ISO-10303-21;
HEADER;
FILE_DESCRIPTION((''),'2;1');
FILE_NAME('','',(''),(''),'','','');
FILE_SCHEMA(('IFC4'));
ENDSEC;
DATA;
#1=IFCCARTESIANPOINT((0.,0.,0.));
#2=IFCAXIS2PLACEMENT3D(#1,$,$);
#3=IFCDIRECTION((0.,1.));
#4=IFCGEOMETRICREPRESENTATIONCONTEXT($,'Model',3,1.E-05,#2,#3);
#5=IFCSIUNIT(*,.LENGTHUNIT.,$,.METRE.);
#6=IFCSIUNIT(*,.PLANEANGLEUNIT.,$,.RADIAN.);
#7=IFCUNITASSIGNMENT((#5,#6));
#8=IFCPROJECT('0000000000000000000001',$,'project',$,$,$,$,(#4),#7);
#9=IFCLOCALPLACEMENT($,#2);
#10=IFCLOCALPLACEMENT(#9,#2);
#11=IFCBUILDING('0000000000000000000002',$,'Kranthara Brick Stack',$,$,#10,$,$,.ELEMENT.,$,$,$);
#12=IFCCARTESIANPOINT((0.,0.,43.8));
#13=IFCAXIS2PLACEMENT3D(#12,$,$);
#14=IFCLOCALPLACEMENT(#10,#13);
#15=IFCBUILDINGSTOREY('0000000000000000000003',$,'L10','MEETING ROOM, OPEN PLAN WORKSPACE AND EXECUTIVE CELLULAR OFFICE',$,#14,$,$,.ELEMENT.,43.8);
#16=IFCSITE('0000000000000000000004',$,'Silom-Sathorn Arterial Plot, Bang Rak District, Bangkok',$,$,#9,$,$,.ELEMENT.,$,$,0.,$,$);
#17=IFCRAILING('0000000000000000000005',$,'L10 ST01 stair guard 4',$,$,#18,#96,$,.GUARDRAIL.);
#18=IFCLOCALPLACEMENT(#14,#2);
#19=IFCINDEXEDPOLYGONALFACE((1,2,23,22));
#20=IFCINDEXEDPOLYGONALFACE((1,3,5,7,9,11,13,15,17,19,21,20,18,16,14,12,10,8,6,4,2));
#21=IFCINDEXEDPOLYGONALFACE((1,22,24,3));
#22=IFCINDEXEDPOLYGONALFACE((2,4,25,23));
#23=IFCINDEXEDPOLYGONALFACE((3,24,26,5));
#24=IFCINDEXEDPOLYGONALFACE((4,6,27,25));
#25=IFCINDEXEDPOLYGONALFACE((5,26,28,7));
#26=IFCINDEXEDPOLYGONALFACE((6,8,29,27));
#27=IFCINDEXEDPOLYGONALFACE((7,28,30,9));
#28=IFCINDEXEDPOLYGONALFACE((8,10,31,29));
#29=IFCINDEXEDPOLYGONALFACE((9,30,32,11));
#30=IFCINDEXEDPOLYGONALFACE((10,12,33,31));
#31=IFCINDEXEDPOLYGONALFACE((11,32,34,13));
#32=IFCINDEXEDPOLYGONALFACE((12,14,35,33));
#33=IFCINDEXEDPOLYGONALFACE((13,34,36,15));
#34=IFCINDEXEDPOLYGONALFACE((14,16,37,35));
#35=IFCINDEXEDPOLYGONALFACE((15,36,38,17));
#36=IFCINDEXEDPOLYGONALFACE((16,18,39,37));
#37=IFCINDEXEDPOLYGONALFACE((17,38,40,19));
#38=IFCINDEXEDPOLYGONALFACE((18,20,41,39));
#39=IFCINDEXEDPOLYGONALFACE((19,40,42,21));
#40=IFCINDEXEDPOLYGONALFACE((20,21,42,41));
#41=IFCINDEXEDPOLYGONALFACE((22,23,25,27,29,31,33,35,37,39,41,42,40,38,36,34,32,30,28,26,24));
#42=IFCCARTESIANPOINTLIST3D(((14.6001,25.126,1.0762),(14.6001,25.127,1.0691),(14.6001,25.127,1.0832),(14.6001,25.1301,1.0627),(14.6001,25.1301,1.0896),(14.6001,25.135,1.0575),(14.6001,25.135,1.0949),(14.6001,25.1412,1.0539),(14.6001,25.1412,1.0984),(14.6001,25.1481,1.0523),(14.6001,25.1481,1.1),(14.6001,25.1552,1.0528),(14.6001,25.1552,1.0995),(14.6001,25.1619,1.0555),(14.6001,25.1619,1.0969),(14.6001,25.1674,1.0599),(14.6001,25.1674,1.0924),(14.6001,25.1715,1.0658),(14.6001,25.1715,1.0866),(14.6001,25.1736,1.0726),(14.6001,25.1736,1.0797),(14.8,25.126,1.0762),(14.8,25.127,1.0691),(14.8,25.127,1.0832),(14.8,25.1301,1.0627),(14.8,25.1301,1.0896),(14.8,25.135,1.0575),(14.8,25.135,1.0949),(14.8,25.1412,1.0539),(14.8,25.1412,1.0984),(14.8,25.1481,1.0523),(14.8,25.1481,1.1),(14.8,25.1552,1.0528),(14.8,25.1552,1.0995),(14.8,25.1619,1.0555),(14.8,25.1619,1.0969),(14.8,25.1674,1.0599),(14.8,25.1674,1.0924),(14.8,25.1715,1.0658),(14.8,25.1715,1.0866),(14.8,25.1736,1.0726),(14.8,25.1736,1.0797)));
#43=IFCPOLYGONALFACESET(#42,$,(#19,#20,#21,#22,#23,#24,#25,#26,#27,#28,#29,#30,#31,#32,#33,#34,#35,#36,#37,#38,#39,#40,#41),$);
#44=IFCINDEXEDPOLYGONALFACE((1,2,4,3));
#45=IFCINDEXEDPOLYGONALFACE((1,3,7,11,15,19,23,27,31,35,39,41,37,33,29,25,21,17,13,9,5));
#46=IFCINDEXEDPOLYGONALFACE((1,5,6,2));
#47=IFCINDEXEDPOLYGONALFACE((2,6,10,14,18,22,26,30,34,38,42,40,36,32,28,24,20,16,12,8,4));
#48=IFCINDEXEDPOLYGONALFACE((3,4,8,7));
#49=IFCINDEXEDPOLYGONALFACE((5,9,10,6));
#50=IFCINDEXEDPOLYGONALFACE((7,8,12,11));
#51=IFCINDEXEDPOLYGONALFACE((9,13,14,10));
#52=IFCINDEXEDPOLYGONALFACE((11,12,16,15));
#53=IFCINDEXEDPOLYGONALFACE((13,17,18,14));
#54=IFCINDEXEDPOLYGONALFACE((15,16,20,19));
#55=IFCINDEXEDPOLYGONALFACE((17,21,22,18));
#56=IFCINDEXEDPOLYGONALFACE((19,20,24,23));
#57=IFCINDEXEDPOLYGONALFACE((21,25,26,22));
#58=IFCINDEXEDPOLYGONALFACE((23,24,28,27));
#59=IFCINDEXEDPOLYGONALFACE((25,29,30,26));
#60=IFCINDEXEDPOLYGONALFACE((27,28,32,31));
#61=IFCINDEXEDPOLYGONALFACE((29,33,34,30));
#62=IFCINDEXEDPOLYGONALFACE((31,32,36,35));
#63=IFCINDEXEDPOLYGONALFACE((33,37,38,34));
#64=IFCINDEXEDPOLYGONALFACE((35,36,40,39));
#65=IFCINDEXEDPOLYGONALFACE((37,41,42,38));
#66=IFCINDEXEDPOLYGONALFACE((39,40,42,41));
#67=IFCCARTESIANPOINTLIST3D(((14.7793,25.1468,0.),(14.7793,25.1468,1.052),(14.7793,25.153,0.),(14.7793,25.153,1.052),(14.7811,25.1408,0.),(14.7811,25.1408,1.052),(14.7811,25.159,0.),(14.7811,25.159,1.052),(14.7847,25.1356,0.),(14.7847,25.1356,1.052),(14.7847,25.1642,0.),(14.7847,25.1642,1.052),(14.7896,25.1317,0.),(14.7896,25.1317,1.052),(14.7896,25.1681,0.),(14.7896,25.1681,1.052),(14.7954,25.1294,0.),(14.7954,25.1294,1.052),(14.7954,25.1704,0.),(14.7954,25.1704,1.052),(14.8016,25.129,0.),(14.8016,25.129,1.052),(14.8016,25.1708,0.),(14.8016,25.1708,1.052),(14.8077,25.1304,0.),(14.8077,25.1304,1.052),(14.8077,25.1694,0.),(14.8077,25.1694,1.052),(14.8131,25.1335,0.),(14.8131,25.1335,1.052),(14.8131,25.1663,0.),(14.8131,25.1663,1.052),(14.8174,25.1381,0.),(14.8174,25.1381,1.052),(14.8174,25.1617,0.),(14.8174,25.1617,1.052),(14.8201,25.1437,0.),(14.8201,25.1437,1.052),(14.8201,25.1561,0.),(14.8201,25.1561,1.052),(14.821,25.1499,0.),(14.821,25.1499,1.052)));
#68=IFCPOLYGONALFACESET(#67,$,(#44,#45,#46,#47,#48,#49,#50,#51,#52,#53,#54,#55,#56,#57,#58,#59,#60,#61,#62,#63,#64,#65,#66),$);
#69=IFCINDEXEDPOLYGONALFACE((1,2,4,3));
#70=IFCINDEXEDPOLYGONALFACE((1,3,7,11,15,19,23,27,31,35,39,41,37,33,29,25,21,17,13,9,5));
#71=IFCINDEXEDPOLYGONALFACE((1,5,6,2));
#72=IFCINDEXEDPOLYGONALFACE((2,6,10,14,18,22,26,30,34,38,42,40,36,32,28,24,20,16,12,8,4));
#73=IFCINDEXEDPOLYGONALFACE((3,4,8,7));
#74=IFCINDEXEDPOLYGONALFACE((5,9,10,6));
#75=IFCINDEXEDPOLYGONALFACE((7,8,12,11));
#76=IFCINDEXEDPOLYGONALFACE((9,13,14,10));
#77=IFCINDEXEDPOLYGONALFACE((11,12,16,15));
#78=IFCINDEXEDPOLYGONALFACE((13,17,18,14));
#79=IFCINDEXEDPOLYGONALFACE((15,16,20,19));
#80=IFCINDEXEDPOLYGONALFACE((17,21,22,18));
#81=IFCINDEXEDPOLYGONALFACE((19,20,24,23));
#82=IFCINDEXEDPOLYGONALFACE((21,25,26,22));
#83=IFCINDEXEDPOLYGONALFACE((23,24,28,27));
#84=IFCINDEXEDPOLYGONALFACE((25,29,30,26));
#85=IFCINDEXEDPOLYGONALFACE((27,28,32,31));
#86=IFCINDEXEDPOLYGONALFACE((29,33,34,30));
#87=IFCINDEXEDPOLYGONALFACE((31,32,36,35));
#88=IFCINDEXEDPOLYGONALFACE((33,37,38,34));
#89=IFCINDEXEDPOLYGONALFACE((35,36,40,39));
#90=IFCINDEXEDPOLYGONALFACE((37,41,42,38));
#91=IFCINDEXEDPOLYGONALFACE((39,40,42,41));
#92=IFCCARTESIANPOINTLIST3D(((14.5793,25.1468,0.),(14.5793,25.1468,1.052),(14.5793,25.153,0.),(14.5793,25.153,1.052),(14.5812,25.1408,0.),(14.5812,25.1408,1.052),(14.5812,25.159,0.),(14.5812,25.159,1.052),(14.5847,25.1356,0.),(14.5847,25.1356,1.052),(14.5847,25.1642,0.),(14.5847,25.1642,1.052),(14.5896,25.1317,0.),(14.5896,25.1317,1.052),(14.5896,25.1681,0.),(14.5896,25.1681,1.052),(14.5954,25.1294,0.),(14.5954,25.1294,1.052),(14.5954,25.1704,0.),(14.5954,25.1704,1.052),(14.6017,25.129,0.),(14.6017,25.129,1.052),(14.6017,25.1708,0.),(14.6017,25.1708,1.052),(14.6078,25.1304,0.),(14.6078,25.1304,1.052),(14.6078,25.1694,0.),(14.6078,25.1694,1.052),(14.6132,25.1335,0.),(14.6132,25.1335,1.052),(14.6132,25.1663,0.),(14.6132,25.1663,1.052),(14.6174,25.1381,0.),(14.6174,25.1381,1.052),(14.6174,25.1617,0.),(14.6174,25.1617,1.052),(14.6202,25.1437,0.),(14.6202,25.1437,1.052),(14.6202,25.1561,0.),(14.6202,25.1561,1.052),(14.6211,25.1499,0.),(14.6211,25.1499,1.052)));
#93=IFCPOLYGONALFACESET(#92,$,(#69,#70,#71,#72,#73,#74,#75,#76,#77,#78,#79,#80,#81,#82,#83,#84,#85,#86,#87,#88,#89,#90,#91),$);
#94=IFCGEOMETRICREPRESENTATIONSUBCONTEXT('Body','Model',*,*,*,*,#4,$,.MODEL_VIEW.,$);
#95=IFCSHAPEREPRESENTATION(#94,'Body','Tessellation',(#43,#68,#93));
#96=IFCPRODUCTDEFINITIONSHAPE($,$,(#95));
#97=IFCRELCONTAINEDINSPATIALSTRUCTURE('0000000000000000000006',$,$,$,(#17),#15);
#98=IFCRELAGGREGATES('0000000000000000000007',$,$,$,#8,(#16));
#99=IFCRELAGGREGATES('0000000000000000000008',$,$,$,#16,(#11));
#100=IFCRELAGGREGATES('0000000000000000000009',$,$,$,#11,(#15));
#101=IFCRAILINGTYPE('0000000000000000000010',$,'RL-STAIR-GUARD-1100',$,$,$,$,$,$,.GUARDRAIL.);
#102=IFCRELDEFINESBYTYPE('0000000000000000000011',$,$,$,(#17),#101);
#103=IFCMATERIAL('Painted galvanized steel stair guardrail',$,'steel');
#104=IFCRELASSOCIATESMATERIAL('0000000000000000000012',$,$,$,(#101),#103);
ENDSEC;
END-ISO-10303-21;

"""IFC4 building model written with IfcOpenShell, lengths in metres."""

from ifc_helpers import new_model, si_unit, direction, frame, origin, origin_2d, place, context, subcontext, project, spatial, circle, extrude, material, type_object, element, save


model = new_model("IFC4")

# Units and contexts
model_context = context("Model", 3, precision=1e-05, world=origin(), true_north=direction((0.0, 1.0)))
body_context = subcontext(model_context, "Body", "Model", "MODEL_VIEW")
ifc_project = project(units=[si_unit("LENGTHUNIT", "METRE"), si_unit("PLANEANGLEUNIT", "RADIAN")], contexts=[model_context])

# Site, building, storey
site_placement = place(None, origin())
site = spatial("IfcSite", under=ifc_project, at=site_placement, Name="Silom-Sathorn Arterial Plot, Bang Rak District, Bangkok", CompositionType="ELEMENT", RefElevation=0.0)
building_placement = place(site_placement, origin())
building = spatial("IfcBuilding", under=site, at=building_placement, Name="Kranthara Brick Stack", CompositionType="ELEMENT")
storey_placement = place(building_placement, frame((0.0, 0.0, 43.8)))
storey = spatial("IfcBuildingStorey", under=building, at=storey_placement, Name="L10", Description="MEETING ROOM, OPEN PLAN WORKSPACE AND EXECUTIVE CELLULAR OFFICE", CompositionType="ELEMENT", Elevation=43.8)

# Railing
ifc_material_1 = material(Name="Painted galvanized steel stair guardrail", Category="steel")
railing_type_1 = type_object("IfcRailingType", Name="RL-STAIR-GUARD-1100", PredefinedType="GUARDRAIL", material=ifc_material_1)
railing_1_placement = place(storey_placement, frame((14.8, 25.1499, 0.0)))
element("IfcRailing", 1, at=railing_1_placement, inside=storey, type_object=railing_type_1, Name="L10 ST01 stair guard 4", PredefinedType="GUARDRAIL", context=body_context, shape_type="SweptSolid", body=[
    extrude(circle(Radius=0.0239, at=origin_2d()), frame((0.0, 0.0, 1.0762), z_axis=(-1.0, 0.0, 0.0), x_axis=(0.0, -1.0, 0.0)), (0.0, 0.0, 1.0), 0.2),
    extrude(circle(Radius=0.021, at=origin_2d()), origin(), (0.0, 0.0, 1.0), 1.052),
    extrude(circle(Radius=0.021, at=origin_2d()), frame((-0.2, 0.0, 0.0)), (0.0, 0.0, 1.0), 1.052),
])

save(model, "model.ifc")
